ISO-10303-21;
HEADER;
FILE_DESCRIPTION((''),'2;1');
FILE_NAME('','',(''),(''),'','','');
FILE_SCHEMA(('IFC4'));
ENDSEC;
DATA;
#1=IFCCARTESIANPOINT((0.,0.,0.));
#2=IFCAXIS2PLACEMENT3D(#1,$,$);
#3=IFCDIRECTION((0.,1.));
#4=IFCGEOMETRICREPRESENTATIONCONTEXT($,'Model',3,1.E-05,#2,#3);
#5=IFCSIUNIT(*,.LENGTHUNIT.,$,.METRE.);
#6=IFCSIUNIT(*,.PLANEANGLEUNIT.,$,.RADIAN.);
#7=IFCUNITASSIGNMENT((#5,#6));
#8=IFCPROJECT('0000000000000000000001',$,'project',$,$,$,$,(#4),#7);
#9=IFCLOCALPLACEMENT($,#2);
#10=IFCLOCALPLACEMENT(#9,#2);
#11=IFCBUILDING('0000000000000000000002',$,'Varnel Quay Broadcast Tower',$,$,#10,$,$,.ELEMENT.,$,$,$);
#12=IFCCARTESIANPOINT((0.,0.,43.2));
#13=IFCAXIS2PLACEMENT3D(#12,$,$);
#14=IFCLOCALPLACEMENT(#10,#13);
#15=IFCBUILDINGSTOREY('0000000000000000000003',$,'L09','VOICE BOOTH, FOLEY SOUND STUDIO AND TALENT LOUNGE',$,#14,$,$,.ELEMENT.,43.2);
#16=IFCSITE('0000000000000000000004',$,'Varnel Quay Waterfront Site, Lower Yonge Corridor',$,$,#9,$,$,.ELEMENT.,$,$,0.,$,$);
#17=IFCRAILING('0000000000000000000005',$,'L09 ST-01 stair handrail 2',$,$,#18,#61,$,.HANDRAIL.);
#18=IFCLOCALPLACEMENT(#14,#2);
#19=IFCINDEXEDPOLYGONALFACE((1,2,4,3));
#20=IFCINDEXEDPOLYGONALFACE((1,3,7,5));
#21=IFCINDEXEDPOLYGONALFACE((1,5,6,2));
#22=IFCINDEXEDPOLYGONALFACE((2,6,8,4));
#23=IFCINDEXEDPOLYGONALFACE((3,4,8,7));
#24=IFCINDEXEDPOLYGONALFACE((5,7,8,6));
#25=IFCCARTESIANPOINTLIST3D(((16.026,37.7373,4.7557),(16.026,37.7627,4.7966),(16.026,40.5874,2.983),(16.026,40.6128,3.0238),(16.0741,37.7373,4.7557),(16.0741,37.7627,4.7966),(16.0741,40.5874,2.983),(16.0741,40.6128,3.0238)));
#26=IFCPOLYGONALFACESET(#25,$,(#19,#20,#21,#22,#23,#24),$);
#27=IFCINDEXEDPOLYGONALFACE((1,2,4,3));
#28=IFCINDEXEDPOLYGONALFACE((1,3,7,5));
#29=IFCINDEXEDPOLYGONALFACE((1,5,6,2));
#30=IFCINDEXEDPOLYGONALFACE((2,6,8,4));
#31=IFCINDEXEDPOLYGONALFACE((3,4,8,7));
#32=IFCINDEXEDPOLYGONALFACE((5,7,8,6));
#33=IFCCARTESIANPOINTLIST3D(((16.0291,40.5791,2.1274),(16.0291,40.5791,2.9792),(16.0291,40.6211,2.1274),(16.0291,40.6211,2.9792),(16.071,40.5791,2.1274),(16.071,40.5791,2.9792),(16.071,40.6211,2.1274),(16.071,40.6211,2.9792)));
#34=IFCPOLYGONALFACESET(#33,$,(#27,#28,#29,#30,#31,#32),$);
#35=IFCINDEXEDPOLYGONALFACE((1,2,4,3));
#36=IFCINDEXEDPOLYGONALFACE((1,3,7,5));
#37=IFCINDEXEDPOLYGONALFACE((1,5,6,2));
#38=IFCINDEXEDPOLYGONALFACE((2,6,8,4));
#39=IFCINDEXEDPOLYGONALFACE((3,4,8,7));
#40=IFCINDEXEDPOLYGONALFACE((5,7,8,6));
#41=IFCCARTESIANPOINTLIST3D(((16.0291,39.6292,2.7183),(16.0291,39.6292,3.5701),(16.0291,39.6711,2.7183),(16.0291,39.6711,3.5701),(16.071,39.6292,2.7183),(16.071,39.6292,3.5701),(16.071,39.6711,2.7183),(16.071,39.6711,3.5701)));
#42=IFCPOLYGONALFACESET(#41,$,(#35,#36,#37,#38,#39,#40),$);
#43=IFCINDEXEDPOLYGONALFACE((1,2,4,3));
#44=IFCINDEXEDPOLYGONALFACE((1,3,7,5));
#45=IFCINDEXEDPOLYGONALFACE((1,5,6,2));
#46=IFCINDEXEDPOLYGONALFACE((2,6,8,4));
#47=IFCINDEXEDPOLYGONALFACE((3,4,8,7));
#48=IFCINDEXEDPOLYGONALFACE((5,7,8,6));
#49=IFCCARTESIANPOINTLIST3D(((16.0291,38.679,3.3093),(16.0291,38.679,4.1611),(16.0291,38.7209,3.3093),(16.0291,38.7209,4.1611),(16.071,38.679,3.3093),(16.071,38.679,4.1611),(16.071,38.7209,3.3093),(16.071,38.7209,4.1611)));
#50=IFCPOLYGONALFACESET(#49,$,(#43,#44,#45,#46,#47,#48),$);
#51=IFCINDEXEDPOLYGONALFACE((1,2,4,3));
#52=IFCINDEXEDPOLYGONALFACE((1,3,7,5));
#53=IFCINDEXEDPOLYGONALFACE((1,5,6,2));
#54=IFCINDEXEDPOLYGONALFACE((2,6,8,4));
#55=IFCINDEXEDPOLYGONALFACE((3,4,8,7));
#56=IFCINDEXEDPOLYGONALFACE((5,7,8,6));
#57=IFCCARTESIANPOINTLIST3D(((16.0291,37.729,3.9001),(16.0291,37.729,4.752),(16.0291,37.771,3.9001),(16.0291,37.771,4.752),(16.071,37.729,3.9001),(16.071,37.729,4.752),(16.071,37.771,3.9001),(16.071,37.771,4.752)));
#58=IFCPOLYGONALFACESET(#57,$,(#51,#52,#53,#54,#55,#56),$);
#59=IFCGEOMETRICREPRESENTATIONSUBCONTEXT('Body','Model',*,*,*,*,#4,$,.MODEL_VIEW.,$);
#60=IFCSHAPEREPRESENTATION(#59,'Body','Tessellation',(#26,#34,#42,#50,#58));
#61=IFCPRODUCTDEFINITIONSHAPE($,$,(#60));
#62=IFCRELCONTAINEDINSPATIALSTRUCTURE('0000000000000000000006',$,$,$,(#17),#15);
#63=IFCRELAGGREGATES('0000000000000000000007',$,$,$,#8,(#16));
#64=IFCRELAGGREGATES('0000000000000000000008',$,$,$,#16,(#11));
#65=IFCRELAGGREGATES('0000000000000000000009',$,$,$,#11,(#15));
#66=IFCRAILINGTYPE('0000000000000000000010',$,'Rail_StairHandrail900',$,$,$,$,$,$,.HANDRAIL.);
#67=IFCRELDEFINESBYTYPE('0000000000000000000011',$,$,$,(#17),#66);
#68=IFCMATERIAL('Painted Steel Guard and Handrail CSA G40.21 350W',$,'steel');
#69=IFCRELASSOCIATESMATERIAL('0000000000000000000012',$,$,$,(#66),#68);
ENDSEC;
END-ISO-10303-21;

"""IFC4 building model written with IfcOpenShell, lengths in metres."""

from ifc_helpers import new_model, si_unit, direction, frame, origin, origin_2d, place, context, subcontext, project, spatial, rectangle, extrude, material, type_object, element, save


model = new_model("IFC4")

# Units and contexts
model_context = context("Model", 3, precision=1e-05, world=origin(), true_north=direction((0.0, 1.0)))
body_context = subcontext(model_context, "Body", "Model", "MODEL_VIEW")
ifc_project = project(units=[si_unit("LENGTHUNIT", "METRE"), si_unit("PLANEANGLEUNIT", "RADIAN")], contexts=[model_context])

# Site, building, storey
site_placement = place(None, origin())
site = spatial("IfcSite", under=ifc_project, at=site_placement, Name="Varnel Quay Waterfront Site, Lower Yonge Corridor", CompositionType="ELEMENT", RefElevation=0.0)
building_placement = place(site_placement, origin())
building = spatial("IfcBuilding", under=site, at=building_placement, Name="Varnel Quay Broadcast Tower", CompositionType="ELEMENT")
storey_placement = place(building_placement, frame((0.0, 0.0, 43.2)))
storey = spatial("IfcBuildingStorey", under=building, at=storey_placement, Name="L09", Description="VOICE BOOTH, FOLEY SOUND STUDIO AND TALENT LOUNGE", CompositionType="ELEMENT", Elevation=43.2)

# Railing
ifc_material_1 = material(Name="Painted Steel Guard and Handrail CSA G40.21 350W", Category="steel")
railing_type = type_object("IfcRailingType", Name="Rail_StairHandrail900", PredefinedType="HANDRAIL", material=ifc_material_1)
railing_placement = place(storey_placement, frame((16.05, 40.6001, 2.1274)))
element("IfcRailing", 1, at=railing_placement, inside=storey, type_object=railing_type, Name="L09 ST-01 stair handrail 2", PredefinedType="HANDRAIL", context=body_context, shape_type="SweptSolid", body=[
    extrude(rectangle(XDim=0.0481, YDim=0.0481, at=origin_2d()), frame((0.0, 0.0, 0.876), z_axis=(0.0, -0.849149, 0.528154), x_axis=(1.0, 0.0, 0.0)), (0.0, 0.0, 1.0), 3.3564),
    extrude(rectangle(XDim=0.042, YDim=0.042, at=origin_2d()), origin(), (0.0, 0.0, 1.0), 0.8518),
    extrude(rectangle(XDim=0.042, YDim=0.042, at=origin_2d()), frame((0.0, -0.95, 0.5908)), (0.0, 0.0, 1.0), 0.8518),
    extrude(rectangle(XDim=0.042, YDim=0.042, at=origin_2d()), frame((0.0, -1.9001, 1.1819)), (0.0, 0.0, 1.0), 0.8518),
    extrude(rectangle(XDim=0.042, YDim=0.042, at=origin_2d()), frame((0.0, -2.8501, 1.7727)), (0.0, 0.0, 1.0), 0.8518),
])

save(model, "model.ifc")
